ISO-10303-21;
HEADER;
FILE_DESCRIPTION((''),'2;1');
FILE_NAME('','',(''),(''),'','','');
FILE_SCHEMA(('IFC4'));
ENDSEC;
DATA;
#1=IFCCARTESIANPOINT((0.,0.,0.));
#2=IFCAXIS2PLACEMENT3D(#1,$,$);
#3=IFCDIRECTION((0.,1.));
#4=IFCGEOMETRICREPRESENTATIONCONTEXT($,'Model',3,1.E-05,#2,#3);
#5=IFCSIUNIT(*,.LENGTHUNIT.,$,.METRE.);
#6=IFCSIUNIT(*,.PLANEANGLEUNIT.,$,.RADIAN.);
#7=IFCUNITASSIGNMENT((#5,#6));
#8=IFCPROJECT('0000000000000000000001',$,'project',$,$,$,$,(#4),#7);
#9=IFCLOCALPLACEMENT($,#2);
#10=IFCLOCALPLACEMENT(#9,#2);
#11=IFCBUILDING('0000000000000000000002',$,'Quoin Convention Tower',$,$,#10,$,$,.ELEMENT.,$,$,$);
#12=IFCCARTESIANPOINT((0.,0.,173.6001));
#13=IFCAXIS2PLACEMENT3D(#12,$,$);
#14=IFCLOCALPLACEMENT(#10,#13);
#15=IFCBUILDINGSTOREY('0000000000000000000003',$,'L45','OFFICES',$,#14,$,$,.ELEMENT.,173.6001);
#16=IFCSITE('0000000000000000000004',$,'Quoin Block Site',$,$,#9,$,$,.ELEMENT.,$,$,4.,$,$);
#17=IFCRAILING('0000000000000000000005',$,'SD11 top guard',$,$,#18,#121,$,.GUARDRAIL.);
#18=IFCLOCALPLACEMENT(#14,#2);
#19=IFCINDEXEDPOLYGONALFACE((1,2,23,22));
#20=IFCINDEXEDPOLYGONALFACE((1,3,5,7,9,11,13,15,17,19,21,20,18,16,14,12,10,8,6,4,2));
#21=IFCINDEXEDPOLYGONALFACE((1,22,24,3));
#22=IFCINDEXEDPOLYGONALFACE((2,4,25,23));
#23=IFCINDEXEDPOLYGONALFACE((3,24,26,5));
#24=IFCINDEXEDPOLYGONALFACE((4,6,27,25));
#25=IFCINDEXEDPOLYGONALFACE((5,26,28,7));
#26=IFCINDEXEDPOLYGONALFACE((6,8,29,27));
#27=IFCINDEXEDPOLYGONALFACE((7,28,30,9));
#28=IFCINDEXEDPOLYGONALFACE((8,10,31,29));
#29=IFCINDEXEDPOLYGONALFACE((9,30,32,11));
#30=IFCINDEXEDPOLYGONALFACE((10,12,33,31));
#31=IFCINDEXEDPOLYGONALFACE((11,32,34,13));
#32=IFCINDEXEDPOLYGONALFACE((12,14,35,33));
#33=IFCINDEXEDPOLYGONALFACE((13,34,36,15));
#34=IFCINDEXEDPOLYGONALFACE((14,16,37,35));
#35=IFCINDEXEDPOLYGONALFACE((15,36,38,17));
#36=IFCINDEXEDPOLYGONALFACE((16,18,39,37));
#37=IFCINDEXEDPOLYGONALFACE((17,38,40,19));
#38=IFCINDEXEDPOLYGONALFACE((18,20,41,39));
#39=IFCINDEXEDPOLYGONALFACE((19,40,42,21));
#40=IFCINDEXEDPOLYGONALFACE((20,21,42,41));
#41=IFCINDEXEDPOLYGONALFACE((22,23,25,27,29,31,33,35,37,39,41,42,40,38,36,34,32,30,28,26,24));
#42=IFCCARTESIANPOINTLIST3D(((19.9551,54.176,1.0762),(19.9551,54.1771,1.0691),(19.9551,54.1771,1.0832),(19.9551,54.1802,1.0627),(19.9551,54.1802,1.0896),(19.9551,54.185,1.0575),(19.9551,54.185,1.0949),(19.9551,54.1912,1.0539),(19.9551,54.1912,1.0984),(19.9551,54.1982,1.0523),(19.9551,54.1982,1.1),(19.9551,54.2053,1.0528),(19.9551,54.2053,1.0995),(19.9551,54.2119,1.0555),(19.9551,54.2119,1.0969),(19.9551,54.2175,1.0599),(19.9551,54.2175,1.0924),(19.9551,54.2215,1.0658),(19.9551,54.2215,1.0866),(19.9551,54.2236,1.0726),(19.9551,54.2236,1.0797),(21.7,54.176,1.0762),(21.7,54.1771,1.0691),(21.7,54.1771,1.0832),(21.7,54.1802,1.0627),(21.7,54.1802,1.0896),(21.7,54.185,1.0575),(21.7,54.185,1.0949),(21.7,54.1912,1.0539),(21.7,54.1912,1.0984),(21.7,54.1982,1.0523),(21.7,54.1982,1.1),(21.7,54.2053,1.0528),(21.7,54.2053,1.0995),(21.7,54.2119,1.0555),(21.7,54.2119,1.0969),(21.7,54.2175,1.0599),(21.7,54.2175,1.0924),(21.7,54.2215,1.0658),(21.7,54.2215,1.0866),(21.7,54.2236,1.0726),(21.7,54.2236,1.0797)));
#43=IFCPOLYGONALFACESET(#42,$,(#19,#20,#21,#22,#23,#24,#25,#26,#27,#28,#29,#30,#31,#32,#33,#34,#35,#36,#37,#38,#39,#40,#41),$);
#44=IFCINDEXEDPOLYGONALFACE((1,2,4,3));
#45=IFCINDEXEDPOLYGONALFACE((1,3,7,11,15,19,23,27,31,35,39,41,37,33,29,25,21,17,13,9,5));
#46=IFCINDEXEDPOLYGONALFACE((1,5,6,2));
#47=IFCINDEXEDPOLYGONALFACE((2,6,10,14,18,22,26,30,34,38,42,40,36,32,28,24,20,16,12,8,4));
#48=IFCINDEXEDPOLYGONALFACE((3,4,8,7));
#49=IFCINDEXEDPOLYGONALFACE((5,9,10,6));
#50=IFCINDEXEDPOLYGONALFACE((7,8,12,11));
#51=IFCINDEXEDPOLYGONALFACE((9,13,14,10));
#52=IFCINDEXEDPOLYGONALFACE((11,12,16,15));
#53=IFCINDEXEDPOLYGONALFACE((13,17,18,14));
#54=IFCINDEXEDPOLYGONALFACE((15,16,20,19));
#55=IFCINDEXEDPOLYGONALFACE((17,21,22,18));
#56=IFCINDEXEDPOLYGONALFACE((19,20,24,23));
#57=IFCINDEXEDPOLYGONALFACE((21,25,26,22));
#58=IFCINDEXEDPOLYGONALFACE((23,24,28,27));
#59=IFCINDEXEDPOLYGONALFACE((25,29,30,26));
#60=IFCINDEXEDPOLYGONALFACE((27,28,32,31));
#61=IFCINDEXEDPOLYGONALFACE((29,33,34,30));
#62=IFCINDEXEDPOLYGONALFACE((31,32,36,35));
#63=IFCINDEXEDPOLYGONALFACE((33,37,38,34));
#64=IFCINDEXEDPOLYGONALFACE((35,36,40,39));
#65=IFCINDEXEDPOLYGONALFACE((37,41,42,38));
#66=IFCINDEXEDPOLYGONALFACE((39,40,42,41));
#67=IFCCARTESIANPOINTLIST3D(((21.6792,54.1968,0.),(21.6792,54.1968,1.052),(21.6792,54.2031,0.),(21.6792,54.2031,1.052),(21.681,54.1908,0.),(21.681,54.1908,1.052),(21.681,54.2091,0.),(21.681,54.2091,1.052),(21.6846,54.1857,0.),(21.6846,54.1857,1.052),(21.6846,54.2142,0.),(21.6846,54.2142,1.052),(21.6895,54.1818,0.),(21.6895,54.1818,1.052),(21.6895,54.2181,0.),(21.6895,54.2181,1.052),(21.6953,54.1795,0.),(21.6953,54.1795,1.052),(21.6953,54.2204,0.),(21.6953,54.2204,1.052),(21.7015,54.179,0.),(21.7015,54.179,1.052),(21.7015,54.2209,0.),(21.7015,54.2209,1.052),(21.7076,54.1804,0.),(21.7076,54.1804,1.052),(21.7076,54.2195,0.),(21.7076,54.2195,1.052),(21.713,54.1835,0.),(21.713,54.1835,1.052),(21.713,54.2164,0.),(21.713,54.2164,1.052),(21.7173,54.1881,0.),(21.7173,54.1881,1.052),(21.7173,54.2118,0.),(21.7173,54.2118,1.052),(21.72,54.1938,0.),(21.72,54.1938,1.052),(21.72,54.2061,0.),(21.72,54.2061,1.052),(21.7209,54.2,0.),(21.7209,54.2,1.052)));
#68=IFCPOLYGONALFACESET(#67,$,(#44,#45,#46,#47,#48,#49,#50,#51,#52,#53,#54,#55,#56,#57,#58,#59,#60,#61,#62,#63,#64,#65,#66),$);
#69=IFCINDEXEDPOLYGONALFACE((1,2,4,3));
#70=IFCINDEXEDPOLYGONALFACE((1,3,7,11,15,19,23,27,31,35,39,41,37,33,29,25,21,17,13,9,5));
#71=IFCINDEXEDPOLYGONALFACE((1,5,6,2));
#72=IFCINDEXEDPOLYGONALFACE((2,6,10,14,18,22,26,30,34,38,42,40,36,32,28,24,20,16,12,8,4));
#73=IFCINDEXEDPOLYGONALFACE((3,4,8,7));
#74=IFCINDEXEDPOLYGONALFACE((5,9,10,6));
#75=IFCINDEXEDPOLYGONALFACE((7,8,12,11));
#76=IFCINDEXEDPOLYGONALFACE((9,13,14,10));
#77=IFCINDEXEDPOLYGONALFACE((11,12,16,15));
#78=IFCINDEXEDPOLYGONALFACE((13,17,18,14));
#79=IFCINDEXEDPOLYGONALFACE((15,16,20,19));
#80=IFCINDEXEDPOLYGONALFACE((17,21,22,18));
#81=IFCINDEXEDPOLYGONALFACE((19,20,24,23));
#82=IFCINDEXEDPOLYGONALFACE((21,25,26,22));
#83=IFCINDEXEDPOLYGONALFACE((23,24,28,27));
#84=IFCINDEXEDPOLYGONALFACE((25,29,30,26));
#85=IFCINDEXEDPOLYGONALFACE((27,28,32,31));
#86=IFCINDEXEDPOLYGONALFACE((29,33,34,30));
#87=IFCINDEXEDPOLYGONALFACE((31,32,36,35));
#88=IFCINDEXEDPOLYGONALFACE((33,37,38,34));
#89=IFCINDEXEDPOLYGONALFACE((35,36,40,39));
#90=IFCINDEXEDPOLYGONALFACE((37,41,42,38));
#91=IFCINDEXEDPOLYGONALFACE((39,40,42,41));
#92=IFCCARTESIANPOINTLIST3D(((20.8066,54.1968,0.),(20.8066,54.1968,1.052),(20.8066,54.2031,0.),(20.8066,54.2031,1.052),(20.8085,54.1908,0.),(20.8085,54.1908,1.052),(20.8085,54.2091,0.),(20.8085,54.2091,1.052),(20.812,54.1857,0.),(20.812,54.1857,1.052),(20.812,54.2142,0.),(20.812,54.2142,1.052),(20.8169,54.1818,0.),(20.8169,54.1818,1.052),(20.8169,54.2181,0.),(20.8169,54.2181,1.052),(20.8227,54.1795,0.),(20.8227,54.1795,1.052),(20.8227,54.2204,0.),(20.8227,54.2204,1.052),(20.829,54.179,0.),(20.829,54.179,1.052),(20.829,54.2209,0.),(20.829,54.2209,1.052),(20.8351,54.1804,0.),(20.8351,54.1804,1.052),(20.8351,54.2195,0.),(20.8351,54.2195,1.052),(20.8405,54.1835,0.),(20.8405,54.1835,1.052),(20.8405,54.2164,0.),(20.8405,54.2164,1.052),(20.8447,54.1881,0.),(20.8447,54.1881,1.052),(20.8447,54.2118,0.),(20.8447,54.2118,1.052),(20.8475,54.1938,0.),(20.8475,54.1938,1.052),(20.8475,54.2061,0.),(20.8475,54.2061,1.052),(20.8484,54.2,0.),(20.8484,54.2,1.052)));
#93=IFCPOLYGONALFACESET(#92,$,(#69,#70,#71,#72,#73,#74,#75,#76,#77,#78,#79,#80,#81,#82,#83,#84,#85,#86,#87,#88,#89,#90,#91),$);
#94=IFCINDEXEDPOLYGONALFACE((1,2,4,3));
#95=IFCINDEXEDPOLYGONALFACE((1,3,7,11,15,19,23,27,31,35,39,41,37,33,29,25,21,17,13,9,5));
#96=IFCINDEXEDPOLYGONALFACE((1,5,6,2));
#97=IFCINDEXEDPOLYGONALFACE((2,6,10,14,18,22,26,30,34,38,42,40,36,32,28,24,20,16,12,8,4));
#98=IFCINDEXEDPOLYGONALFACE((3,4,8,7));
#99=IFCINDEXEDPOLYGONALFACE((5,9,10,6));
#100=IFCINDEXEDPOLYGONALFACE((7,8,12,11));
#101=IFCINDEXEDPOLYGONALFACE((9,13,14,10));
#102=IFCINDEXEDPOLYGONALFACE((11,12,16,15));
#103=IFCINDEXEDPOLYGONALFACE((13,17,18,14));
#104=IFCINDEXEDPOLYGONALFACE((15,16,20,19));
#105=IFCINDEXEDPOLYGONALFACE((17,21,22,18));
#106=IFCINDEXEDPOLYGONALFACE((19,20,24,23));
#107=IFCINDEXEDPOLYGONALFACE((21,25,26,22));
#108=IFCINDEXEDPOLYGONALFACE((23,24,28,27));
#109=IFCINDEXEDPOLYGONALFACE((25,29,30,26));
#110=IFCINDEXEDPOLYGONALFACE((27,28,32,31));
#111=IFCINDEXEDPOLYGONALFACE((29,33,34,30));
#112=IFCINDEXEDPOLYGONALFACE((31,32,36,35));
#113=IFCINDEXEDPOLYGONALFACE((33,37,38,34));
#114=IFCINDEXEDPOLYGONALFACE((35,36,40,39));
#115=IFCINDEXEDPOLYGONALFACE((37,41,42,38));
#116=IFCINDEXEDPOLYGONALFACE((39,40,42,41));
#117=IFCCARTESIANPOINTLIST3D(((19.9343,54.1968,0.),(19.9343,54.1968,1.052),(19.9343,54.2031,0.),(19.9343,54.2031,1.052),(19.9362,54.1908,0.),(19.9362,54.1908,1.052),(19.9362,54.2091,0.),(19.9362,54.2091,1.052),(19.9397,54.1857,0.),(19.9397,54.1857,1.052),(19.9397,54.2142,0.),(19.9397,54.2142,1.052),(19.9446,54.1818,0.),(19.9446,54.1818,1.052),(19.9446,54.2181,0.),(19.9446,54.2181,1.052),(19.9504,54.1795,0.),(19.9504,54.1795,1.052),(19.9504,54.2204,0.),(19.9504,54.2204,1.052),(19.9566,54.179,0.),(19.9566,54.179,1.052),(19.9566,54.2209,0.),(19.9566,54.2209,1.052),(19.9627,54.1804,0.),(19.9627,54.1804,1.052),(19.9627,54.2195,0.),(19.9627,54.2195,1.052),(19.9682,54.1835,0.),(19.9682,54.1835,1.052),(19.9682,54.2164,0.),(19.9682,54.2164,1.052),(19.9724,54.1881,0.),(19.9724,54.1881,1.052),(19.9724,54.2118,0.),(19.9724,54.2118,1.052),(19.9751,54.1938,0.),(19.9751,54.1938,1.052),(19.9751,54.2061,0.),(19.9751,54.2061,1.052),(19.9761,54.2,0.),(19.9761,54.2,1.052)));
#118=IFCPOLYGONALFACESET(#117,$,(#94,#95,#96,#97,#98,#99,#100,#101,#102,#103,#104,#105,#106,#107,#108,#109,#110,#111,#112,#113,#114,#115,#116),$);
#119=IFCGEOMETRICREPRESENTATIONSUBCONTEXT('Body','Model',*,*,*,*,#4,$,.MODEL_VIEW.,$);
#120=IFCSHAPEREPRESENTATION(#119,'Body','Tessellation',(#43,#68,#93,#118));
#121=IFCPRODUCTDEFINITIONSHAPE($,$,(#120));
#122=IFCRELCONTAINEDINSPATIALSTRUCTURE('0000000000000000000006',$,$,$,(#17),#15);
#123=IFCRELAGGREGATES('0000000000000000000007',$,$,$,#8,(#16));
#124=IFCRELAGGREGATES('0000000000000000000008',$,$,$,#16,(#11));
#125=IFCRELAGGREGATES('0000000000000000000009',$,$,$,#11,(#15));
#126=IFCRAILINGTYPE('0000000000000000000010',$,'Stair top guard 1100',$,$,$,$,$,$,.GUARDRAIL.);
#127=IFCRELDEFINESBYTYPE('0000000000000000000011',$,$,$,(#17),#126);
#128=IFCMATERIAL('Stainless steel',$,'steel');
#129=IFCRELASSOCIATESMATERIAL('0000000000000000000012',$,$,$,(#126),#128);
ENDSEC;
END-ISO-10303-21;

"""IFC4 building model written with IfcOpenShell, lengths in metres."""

from ifc_helpers import new_model, si_unit, direction, frame, origin, origin_2d, place, context, subcontext, project, spatial, circle, extrude, material, type_object, element, save


model = new_model("IFC4")

# Units and contexts
model_context = context("Model", 3, precision=1e-05, world=origin(), true_north=direction((0.0, 1.0)))
body_context = subcontext(model_context, "Body", "Model", "MODEL_VIEW")
ifc_project = project(units=[si_unit("LENGTHUNIT", "METRE"), si_unit("PLANEANGLEUNIT", "RADIAN")], contexts=[model_context])

# Site, building, storey
site_placement = place(None, origin())
site = spatial("IfcSite", under=ifc_project, at=site_placement, Name="Quoin Block Site", CompositionType="ELEMENT", RefElevation=4.0)
building_placement = place(site_placement, origin())
building = spatial("IfcBuilding", under=site, at=building_placement, Name="Quoin Convention Tower", CompositionType="ELEMENT")
storey_placement = place(building_placement, frame((0.0, 0.0, 173.6001)))
storey = spatial("IfcBuildingStorey", under=building, at=storey_placement, Name="L45", Description="OFFICES", CompositionType="ELEMENT", Elevation=173.6001)

# Railing
ifc_material_1 = material(Name="Stainless steel", Category="steel")
railing_type_1 = type_object("IfcRailingType", Name="Stair top guard 1100", PredefinedType="GUARDRAIL", material=ifc_material_1)
railing_1_placement = place(storey_placement, frame((21.7, 54.2, 0.0)))
element("IfcRailing", 1, at=railing_1_placement, inside=storey, type_object=railing_type_1, Name="SD11 top guard", PredefinedType="GUARDRAIL", context=body_context, shape_type="SweptSolid", body=[
    extrude(circle(Radius=0.0239, at=origin_2d()), frame((0.0, 0.0, 1.0762), z_axis=(-1.0, 0.0, 0.0), x_axis=(0.0, -1.0, 0.0)), (0.0, 0.0, 1.0), 1.7449),
    extrude(circle(Radius=0.021, at=origin_2d()), origin(), (0.0, 0.0, 1.0), 1.052),
    extrude(circle(Radius=0.021, at=origin_2d()), frame((-0.8726, 0.0, 0.0)), (0.0, 0.0, 1.0), 1.052),
    extrude(circle(Radius=0.021, at=origin_2d()), frame((-1.7449, 0.0, 0.0)), (0.0, 0.0, 1.0), 1.052),
])

save(model, "model.ifc")
